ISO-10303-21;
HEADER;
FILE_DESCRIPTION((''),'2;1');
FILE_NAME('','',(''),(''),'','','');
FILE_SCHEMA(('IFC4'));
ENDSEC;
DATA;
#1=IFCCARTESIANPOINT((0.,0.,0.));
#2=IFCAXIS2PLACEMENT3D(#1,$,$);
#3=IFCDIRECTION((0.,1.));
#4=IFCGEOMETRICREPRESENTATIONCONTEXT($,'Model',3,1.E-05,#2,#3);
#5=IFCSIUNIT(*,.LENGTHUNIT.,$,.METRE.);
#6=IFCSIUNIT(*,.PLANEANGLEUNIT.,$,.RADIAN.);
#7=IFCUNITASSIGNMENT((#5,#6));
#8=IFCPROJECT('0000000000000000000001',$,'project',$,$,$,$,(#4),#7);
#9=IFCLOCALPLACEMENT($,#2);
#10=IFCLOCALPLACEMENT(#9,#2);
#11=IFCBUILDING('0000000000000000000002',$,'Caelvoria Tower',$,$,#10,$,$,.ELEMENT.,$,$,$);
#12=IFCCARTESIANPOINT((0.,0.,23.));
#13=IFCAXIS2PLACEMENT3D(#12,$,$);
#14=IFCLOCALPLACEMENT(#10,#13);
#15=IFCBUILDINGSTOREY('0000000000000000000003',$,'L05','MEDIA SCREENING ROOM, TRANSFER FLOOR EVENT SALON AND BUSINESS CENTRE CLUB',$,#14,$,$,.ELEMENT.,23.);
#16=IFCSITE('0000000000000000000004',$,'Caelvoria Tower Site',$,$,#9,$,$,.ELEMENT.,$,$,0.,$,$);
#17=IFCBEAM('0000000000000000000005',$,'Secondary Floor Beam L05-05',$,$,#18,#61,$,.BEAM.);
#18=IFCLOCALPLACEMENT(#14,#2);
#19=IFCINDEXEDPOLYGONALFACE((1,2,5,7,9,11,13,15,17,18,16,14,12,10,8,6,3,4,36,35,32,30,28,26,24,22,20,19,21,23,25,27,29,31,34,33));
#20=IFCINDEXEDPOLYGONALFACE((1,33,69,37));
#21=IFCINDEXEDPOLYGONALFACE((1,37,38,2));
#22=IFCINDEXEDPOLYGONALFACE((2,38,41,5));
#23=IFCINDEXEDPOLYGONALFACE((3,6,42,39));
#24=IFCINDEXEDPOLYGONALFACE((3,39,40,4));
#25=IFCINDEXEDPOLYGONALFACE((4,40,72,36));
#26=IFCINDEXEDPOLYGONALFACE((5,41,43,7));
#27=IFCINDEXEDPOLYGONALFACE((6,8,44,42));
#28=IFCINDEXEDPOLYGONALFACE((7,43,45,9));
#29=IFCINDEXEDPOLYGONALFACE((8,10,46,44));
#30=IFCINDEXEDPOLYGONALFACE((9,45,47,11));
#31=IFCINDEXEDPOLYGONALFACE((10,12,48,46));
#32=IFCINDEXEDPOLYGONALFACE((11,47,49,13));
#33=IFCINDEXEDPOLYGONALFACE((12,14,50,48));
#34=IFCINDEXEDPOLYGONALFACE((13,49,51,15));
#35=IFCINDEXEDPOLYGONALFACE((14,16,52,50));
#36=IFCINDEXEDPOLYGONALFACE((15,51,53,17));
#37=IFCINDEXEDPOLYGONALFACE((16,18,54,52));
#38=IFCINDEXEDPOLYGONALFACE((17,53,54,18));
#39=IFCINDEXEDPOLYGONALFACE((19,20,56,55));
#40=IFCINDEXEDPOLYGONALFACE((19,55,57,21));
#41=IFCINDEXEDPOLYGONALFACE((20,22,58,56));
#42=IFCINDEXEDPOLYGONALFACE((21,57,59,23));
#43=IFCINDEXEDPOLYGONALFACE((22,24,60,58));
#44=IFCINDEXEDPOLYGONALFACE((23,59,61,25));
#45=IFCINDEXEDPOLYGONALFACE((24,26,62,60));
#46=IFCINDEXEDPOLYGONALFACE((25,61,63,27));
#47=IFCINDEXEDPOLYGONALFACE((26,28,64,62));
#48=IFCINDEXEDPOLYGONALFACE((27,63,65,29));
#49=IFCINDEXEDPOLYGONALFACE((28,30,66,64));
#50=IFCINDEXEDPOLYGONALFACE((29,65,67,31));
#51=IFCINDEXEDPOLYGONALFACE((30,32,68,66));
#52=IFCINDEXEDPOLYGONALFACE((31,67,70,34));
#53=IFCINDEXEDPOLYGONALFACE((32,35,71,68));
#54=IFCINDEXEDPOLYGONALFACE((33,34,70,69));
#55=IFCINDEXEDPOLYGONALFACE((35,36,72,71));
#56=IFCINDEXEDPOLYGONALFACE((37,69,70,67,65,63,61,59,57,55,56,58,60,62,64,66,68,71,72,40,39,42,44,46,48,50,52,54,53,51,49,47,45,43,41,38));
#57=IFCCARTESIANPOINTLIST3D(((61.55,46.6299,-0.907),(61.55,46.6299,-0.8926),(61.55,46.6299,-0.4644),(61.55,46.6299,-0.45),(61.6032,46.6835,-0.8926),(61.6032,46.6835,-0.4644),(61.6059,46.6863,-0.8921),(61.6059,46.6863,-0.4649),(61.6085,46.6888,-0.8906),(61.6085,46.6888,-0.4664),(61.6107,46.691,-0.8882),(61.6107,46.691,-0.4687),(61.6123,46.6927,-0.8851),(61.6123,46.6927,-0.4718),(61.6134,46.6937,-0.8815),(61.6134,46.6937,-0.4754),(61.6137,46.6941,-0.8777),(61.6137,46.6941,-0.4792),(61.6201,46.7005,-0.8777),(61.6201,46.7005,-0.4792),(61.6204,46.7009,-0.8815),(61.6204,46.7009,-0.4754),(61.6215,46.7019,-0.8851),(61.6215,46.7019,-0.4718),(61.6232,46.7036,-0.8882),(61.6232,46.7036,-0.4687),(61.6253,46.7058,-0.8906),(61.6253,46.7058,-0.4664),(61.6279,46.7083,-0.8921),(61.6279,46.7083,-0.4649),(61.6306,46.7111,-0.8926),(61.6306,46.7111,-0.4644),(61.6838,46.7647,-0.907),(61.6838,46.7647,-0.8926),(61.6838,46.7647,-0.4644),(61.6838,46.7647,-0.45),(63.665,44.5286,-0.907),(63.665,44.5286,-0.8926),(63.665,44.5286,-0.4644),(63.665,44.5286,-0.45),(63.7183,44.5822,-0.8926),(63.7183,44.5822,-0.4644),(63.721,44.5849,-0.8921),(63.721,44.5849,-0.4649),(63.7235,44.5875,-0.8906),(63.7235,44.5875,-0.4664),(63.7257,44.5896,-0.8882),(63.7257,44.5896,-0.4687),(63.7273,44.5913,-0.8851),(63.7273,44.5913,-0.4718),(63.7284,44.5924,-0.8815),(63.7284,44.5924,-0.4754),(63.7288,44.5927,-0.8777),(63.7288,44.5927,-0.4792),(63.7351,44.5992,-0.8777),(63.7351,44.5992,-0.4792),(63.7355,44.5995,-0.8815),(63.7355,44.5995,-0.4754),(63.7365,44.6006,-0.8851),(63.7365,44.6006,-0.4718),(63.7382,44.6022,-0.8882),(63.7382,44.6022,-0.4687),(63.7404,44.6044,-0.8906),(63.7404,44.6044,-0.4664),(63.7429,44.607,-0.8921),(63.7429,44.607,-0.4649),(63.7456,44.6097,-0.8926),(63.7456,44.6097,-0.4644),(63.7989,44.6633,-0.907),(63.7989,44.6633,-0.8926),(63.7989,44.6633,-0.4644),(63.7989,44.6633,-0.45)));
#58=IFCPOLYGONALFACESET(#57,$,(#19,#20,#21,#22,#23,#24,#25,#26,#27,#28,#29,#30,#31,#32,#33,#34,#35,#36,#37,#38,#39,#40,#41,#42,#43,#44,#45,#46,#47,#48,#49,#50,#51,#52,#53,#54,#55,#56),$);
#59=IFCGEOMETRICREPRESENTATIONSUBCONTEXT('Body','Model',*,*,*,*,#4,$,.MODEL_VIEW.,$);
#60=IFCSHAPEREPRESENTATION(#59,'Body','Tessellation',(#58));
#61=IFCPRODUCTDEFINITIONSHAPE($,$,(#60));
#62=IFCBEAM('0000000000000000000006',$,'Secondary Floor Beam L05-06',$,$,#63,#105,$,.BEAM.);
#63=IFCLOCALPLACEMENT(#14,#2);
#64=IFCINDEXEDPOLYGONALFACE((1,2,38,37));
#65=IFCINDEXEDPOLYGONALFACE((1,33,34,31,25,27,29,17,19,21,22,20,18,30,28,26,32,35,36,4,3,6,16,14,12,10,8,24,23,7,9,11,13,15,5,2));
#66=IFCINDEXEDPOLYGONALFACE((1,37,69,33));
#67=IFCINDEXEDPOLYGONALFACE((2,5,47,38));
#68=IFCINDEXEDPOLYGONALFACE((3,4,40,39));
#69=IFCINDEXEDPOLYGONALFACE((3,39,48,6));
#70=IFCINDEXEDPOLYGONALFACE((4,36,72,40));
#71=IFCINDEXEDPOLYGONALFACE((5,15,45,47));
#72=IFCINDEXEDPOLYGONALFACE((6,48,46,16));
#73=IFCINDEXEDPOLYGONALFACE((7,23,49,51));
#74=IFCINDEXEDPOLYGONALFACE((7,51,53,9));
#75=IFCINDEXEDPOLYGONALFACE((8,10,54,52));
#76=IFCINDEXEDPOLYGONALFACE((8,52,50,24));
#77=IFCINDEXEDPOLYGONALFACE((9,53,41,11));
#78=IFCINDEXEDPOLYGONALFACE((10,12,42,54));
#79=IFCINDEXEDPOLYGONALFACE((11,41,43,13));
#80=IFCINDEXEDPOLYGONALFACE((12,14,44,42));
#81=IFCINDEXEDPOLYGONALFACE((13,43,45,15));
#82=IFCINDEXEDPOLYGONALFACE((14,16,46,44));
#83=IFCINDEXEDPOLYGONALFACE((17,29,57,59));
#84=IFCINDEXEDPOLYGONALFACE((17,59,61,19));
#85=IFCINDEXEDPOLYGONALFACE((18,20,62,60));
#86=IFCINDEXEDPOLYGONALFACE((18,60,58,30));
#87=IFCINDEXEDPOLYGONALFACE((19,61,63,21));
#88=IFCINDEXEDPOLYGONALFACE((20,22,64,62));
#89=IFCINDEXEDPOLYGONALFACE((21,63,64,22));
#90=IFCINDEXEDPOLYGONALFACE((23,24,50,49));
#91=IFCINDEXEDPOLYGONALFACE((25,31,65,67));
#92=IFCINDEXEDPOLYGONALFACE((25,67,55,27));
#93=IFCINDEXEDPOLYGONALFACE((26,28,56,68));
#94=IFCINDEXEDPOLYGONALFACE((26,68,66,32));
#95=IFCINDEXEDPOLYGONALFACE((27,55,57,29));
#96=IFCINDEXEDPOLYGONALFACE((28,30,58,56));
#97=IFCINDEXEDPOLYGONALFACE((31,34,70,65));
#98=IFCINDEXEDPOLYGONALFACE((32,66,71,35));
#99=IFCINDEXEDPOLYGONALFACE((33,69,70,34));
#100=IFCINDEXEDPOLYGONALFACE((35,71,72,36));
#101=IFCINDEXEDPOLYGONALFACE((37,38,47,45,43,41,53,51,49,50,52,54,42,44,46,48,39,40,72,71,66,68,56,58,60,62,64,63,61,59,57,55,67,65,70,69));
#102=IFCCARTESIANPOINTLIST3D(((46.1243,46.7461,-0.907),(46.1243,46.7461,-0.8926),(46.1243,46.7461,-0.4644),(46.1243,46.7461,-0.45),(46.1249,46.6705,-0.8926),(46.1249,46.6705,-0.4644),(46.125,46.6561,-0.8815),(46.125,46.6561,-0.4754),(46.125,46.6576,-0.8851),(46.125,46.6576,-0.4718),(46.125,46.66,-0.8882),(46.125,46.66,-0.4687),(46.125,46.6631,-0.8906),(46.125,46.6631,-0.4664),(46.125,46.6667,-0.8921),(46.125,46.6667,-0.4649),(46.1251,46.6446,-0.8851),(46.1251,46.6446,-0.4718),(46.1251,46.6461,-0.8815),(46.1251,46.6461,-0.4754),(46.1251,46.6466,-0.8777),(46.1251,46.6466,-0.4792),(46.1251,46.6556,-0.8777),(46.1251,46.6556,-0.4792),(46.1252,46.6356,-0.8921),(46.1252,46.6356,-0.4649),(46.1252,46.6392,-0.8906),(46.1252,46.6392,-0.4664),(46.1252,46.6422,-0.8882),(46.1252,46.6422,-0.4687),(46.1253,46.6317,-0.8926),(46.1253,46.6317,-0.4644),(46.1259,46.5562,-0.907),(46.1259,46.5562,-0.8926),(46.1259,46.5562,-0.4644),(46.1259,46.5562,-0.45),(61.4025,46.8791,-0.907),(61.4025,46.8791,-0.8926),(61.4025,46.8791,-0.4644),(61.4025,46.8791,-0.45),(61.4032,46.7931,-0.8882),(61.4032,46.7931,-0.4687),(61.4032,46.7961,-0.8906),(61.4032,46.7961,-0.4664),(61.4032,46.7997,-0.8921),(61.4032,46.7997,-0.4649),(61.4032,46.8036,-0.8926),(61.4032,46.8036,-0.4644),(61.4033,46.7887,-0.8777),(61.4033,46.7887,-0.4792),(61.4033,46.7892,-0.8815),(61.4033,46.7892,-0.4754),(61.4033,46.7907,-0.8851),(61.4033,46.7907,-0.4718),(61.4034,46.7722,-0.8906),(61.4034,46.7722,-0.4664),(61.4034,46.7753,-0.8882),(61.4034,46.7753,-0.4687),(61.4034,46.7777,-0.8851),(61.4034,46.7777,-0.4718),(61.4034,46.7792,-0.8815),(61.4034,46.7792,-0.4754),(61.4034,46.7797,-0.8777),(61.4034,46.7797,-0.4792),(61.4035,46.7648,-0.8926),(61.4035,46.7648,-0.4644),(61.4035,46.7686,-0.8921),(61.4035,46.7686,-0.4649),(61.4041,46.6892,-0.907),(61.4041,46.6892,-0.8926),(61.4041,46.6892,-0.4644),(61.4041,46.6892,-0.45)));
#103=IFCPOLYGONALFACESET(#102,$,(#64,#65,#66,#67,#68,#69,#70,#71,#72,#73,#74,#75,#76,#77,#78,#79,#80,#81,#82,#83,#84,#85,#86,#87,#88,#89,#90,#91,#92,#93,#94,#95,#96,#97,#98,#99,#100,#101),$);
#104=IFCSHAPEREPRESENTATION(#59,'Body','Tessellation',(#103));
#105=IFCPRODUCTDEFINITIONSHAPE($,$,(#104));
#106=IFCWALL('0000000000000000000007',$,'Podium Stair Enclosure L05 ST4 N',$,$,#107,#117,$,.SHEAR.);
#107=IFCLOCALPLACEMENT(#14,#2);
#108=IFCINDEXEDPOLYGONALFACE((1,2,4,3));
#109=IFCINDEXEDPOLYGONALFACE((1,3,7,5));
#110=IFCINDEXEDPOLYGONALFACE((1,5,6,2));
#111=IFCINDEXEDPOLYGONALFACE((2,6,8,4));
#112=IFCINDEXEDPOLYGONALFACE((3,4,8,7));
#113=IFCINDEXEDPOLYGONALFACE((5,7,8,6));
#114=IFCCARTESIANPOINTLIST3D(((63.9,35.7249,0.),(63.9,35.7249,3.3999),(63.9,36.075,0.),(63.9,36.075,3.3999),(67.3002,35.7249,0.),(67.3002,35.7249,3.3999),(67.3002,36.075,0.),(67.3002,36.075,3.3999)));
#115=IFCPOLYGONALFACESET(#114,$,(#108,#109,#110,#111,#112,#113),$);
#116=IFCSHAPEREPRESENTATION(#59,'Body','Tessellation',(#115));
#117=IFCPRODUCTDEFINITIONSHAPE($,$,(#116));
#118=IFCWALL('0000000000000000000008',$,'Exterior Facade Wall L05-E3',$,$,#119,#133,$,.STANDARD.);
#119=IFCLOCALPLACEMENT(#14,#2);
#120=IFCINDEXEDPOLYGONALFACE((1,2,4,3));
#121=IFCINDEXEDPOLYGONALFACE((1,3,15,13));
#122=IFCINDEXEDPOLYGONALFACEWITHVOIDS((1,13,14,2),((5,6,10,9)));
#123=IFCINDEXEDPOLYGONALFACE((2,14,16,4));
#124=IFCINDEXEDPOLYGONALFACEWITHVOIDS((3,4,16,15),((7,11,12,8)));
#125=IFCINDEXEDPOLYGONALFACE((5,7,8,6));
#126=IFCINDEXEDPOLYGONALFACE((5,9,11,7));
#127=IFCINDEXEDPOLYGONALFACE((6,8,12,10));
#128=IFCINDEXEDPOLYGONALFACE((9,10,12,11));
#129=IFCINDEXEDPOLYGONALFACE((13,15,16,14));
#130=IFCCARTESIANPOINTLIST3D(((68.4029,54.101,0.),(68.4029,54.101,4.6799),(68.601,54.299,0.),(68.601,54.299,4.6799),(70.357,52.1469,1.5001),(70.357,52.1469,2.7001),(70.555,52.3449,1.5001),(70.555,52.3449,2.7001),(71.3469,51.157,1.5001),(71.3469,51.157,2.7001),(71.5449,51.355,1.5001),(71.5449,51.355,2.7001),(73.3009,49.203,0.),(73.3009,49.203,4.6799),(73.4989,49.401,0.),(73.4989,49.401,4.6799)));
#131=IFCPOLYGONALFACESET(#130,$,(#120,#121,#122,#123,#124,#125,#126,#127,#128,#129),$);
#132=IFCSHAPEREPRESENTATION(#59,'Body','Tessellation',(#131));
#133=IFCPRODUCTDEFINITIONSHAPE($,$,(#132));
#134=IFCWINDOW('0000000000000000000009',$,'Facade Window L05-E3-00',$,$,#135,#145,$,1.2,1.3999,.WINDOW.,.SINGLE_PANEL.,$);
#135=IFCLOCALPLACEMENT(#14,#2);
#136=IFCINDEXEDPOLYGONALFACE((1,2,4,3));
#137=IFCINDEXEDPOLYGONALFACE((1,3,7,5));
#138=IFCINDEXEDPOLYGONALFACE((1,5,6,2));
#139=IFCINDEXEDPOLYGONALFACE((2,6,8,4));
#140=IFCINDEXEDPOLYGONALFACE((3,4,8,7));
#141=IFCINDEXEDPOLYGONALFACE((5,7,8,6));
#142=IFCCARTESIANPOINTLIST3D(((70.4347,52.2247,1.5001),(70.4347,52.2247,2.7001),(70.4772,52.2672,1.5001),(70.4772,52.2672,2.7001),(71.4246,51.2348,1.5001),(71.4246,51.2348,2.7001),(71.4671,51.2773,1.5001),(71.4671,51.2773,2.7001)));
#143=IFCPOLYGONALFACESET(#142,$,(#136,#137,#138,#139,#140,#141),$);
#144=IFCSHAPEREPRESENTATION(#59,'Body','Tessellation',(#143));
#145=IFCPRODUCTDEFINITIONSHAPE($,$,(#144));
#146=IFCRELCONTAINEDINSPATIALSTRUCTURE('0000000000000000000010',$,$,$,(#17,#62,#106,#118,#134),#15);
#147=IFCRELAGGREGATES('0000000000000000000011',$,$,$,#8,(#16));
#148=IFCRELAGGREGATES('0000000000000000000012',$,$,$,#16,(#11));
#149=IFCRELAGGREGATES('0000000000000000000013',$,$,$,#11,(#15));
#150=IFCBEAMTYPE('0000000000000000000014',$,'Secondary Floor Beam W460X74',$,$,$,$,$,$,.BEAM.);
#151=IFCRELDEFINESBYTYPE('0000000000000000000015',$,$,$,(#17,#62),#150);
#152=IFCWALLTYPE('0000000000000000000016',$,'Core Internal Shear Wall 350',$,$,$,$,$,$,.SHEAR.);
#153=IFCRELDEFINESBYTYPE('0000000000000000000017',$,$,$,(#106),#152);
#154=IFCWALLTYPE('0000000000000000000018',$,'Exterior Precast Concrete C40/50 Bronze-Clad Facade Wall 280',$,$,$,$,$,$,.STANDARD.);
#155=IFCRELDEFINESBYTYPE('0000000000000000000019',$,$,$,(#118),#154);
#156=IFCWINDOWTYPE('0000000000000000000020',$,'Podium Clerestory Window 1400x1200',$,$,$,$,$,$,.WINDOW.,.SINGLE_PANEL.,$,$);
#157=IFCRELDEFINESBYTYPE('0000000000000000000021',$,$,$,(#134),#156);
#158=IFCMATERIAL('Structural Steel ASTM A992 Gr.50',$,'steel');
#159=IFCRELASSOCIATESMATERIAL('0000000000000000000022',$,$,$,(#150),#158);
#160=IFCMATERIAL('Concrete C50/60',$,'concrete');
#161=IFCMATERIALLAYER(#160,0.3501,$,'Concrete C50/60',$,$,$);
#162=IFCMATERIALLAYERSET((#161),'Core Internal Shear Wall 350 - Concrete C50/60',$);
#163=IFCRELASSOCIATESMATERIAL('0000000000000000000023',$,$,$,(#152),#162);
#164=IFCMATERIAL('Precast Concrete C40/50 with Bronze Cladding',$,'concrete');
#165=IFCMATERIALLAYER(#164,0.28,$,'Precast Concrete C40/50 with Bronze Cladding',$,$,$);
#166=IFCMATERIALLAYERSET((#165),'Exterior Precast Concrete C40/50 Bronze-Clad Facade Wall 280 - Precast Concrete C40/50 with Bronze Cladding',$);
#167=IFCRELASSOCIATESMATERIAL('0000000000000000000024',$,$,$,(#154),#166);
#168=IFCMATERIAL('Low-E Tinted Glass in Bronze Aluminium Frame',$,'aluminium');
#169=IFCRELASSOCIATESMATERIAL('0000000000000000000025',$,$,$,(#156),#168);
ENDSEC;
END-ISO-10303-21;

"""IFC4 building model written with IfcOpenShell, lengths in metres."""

from ifc_helpers import new_model, si_unit, direction, frame, frame_2d, origin, origin_2d, place, context, subcontext, project, spatial, rectangle, i_section, extrude, material, layer, layer_set, material_profile, profile_set, type_object, element, fill, save


model = new_model("IFC4")

# Units and contexts
model_context = context("Model", 3, precision=1e-05, world=origin(), true_north=direction((0.0, 1.0)))
body_context = subcontext(model_context, "Body", "Model", "MODEL_VIEW")
ifc_project = project(units=[si_unit("LENGTHUNIT", "METRE"), si_unit("PLANEANGLEUNIT", "RADIAN")], contexts=[model_context])

# Site, building, storey
site_placement = place(None, origin())
site = spatial("IfcSite", under=ifc_project, at=site_placement, Name="Caelvoria Tower Site", CompositionType="ELEMENT", RefElevation=0.0)
building_placement = place(site_placement, origin())
building = spatial("IfcBuilding", under=site, at=building_placement, Name="Caelvoria Tower", CompositionType="ELEMENT")
storey_placement = place(building_placement, frame((0.0, 0.0, 23.0)))
storey = spatial("IfcBuildingStorey", under=building, at=storey_placement, Name="L05", Description="MEDIA SCREENING ROOM, TRANSFER FLOOR EVENT SALON AND BUSINESS CENTRE CLUB", CompositionType="ELEMENT", Elevation=23.0)

# Beams
ifc_material_1 = material(Name="Structural Steel ASTM A992 Gr.50", Category="steel")
ifc_material_profile_1 = material_profile(ifc_material_1, i_section(OverallWidth=0.1899, OverallDepth=0.457, WebThickness=0.009, FlangeThickness=0.0144, FilletRadius=0.0149, at=origin_2d()), Name="Structural Steel ASTM A992 Gr.50")
ifc_profile_set_1 = profile_set([ifc_material_profile_1], Name="W460X74 - Structural Steel ASTM A992 Gr.50")
beam_type_1 = type_object("IfcBeamType", Name="Secondary Floor Beam W460X74", PredefinedType="BEAM", material=ifc_profile_set_1)
beam_1_placement = place(storey_placement, frame((63.7319, 44.5959, -0.6785), z_axis=(-0.709396, 0.70481, 0.0), x_axis=(-0.70481, -0.709396, 0.0)))
element("IfcBeam", 1, at=beam_1_placement, inside=storey, type_object=beam_type_1, Name="Secondary Floor Beam L05-05", PredefinedType="BEAM", context=body_context, shape_type="SweptSolid", body=[
    extrude(i_section(OverallWidth=0.1899, OverallDepth=0.457, WebThickness=0.009, FlangeThickness=0.0144, FilletRadius=0.0149, at=origin_2d()), origin(), (0.0, 0.0, 1.0), 2.9814),
])
beam_2_placement = place(storey_placement, frame((61.4033, 46.7842, -0.6785), z_axis=(-0.999962, -0.008709, 0.0), x_axis=(0.008709, -0.999962, 0.0)))
element("IfcBeam", 2, at=beam_2_placement, inside=storey, type_object=beam_type_1, Name="Secondary Floor Beam L05-06", PredefinedType="BEAM", context=body_context, shape_type="SweptSolid", body=[
    extrude(i_section(OverallWidth=0.1899, OverallDepth=0.457, WebThickness=0.009, FlangeThickness=0.0144, FilletRadius=0.0149, at=origin_2d()), origin(), (0.0, 0.0, 1.0), 15.2788),
])

# Wall
ifc_material_2 = material(Name="Concrete C50/60", Category="concrete")
ifc_layer_1 = layer(ifc_material_2, 0.3501, Name="Concrete C50/60")
ifc_layer_set_1 = layer_set([ifc_layer_1], Name="Core Internal Shear Wall 350 - Concrete C50/60")
wall_type_1 = type_object("IfcWallType", Name="Core Internal Shear Wall 350", PredefinedType="SHEAR", material=ifc_layer_set_1)
wall_1_placement = place(storey_placement, frame((63.8999, 35.8999, 0.0), z_axis=(0.0, 0.0, 1.0), x_axis=(1.0, 0.0, 0.0)))
element("IfcWall", 3, at=wall_1_placement, inside=storey, type_object=wall_type_1, Name="Podium Stair Enclosure L05 ST4 N", PredefinedType="SHEAR", context=body_context, shape_type="SweptSolid", body=[
    extrude(rectangle(XDim=3.4001, YDim=0.3501, at=frame_2d((1.7002, 0.0))), origin(), (0.0, 0.0, 1.0), 3.3999),
])

# Wall, opening, window
ifc_material_3 = material(Name="Precast Concrete C40/50 with Bronze Cladding", Category="concrete")
ifc_layer_2 = layer(ifc_material_3, 0.28, Name="Precast Concrete C40/50 with Bronze Cladding")
ifc_layer_set_2 = layer_set([ifc_layer_2], Name="Exterior Precast Concrete C40/50 Bronze-Clad Facade Wall 280 - Precast Concrete C40/50 with Bronze Cladding")
wall_type_2 = type_object("IfcWallType", Name="Exterior Precast Concrete C40/50 Bronze-Clad Facade Wall 280", PredefinedType="STANDARD", material=ifc_layer_set_2)
wall_2_placement = place(storey_placement, frame((73.3999, 49.302, 0.0), z_axis=(0.0, 0.0, 1.0), x_axis=(-0.707107, 0.707107, 0.0)))
wall_2 = element("IfcWall", 4, at=wall_2_placement, inside=storey, type_object=wall_type_2, Name="Exterior Facade Wall L05-E3", PredefinedType="STANDARD", context=body_context, shape_type="SweptSolid", body=[
    extrude(rectangle(XDim=6.9268, YDim=0.28, at=frame_2d((3.4634, 0.0))), origin(), (0.0, 0.0, 1.0), 4.6799),
])
opening_1_placement = place(wall_2_placement, frame((2.7634, 0.0, 1.5)))
opening_1 = element("IfcOpeningElement", 5, at=opening_1_placement, cuts=wall_2, PredefinedType="OPENING", context=body_context, shape_type="SweptSolid", body=[
    extrude(rectangle(XDim=1.3999, YDim=1.2, at=frame_2d((0.7, 0.6001))), frame((0.0, 0.1499, 0.0), z_axis=(0.0, -1.0, 0.0), x_axis=(1.0, 0.0, 0.0)), (0.0, 0.0, 1.0), 0.3),
])
ifc_material_4 = material(Name="Low-E Tinted Glass in Bronze Aluminium Frame", Category="aluminium")
window_type_1 = type_object("IfcWindowType", Name="Podium Clerestory Window 1400x1200", PartitioningType="SINGLE_PANEL", PredefinedType="WINDOW", material=ifc_material_4)
window_1_placement = place(opening_1_placement, origin())
window_1 = element("IfcWindow", 6, at=window_1_placement, inside=storey, type_object=window_type_1, Name="Facade Window L05-E3-00", OverallHeight=1.2, OverallWidth=1.3999, PartitioningType="SINGLE_PANEL", PredefinedType="WINDOW", context=body_context, shape_type="SweptSolid", body=[
    extrude(rectangle(XDim=1.3999, YDim=1.2, at=frame_2d((0.7, 0.6001))), frame((0.0, 0.03, 0.0), z_axis=(0.0, -1.0, 0.0), x_axis=(1.0, 0.0, 0.0)), (0.0, 0.0, 1.0), 0.0601),
])
fill(opening_1, window_1)

save(model, "model.ifc")
